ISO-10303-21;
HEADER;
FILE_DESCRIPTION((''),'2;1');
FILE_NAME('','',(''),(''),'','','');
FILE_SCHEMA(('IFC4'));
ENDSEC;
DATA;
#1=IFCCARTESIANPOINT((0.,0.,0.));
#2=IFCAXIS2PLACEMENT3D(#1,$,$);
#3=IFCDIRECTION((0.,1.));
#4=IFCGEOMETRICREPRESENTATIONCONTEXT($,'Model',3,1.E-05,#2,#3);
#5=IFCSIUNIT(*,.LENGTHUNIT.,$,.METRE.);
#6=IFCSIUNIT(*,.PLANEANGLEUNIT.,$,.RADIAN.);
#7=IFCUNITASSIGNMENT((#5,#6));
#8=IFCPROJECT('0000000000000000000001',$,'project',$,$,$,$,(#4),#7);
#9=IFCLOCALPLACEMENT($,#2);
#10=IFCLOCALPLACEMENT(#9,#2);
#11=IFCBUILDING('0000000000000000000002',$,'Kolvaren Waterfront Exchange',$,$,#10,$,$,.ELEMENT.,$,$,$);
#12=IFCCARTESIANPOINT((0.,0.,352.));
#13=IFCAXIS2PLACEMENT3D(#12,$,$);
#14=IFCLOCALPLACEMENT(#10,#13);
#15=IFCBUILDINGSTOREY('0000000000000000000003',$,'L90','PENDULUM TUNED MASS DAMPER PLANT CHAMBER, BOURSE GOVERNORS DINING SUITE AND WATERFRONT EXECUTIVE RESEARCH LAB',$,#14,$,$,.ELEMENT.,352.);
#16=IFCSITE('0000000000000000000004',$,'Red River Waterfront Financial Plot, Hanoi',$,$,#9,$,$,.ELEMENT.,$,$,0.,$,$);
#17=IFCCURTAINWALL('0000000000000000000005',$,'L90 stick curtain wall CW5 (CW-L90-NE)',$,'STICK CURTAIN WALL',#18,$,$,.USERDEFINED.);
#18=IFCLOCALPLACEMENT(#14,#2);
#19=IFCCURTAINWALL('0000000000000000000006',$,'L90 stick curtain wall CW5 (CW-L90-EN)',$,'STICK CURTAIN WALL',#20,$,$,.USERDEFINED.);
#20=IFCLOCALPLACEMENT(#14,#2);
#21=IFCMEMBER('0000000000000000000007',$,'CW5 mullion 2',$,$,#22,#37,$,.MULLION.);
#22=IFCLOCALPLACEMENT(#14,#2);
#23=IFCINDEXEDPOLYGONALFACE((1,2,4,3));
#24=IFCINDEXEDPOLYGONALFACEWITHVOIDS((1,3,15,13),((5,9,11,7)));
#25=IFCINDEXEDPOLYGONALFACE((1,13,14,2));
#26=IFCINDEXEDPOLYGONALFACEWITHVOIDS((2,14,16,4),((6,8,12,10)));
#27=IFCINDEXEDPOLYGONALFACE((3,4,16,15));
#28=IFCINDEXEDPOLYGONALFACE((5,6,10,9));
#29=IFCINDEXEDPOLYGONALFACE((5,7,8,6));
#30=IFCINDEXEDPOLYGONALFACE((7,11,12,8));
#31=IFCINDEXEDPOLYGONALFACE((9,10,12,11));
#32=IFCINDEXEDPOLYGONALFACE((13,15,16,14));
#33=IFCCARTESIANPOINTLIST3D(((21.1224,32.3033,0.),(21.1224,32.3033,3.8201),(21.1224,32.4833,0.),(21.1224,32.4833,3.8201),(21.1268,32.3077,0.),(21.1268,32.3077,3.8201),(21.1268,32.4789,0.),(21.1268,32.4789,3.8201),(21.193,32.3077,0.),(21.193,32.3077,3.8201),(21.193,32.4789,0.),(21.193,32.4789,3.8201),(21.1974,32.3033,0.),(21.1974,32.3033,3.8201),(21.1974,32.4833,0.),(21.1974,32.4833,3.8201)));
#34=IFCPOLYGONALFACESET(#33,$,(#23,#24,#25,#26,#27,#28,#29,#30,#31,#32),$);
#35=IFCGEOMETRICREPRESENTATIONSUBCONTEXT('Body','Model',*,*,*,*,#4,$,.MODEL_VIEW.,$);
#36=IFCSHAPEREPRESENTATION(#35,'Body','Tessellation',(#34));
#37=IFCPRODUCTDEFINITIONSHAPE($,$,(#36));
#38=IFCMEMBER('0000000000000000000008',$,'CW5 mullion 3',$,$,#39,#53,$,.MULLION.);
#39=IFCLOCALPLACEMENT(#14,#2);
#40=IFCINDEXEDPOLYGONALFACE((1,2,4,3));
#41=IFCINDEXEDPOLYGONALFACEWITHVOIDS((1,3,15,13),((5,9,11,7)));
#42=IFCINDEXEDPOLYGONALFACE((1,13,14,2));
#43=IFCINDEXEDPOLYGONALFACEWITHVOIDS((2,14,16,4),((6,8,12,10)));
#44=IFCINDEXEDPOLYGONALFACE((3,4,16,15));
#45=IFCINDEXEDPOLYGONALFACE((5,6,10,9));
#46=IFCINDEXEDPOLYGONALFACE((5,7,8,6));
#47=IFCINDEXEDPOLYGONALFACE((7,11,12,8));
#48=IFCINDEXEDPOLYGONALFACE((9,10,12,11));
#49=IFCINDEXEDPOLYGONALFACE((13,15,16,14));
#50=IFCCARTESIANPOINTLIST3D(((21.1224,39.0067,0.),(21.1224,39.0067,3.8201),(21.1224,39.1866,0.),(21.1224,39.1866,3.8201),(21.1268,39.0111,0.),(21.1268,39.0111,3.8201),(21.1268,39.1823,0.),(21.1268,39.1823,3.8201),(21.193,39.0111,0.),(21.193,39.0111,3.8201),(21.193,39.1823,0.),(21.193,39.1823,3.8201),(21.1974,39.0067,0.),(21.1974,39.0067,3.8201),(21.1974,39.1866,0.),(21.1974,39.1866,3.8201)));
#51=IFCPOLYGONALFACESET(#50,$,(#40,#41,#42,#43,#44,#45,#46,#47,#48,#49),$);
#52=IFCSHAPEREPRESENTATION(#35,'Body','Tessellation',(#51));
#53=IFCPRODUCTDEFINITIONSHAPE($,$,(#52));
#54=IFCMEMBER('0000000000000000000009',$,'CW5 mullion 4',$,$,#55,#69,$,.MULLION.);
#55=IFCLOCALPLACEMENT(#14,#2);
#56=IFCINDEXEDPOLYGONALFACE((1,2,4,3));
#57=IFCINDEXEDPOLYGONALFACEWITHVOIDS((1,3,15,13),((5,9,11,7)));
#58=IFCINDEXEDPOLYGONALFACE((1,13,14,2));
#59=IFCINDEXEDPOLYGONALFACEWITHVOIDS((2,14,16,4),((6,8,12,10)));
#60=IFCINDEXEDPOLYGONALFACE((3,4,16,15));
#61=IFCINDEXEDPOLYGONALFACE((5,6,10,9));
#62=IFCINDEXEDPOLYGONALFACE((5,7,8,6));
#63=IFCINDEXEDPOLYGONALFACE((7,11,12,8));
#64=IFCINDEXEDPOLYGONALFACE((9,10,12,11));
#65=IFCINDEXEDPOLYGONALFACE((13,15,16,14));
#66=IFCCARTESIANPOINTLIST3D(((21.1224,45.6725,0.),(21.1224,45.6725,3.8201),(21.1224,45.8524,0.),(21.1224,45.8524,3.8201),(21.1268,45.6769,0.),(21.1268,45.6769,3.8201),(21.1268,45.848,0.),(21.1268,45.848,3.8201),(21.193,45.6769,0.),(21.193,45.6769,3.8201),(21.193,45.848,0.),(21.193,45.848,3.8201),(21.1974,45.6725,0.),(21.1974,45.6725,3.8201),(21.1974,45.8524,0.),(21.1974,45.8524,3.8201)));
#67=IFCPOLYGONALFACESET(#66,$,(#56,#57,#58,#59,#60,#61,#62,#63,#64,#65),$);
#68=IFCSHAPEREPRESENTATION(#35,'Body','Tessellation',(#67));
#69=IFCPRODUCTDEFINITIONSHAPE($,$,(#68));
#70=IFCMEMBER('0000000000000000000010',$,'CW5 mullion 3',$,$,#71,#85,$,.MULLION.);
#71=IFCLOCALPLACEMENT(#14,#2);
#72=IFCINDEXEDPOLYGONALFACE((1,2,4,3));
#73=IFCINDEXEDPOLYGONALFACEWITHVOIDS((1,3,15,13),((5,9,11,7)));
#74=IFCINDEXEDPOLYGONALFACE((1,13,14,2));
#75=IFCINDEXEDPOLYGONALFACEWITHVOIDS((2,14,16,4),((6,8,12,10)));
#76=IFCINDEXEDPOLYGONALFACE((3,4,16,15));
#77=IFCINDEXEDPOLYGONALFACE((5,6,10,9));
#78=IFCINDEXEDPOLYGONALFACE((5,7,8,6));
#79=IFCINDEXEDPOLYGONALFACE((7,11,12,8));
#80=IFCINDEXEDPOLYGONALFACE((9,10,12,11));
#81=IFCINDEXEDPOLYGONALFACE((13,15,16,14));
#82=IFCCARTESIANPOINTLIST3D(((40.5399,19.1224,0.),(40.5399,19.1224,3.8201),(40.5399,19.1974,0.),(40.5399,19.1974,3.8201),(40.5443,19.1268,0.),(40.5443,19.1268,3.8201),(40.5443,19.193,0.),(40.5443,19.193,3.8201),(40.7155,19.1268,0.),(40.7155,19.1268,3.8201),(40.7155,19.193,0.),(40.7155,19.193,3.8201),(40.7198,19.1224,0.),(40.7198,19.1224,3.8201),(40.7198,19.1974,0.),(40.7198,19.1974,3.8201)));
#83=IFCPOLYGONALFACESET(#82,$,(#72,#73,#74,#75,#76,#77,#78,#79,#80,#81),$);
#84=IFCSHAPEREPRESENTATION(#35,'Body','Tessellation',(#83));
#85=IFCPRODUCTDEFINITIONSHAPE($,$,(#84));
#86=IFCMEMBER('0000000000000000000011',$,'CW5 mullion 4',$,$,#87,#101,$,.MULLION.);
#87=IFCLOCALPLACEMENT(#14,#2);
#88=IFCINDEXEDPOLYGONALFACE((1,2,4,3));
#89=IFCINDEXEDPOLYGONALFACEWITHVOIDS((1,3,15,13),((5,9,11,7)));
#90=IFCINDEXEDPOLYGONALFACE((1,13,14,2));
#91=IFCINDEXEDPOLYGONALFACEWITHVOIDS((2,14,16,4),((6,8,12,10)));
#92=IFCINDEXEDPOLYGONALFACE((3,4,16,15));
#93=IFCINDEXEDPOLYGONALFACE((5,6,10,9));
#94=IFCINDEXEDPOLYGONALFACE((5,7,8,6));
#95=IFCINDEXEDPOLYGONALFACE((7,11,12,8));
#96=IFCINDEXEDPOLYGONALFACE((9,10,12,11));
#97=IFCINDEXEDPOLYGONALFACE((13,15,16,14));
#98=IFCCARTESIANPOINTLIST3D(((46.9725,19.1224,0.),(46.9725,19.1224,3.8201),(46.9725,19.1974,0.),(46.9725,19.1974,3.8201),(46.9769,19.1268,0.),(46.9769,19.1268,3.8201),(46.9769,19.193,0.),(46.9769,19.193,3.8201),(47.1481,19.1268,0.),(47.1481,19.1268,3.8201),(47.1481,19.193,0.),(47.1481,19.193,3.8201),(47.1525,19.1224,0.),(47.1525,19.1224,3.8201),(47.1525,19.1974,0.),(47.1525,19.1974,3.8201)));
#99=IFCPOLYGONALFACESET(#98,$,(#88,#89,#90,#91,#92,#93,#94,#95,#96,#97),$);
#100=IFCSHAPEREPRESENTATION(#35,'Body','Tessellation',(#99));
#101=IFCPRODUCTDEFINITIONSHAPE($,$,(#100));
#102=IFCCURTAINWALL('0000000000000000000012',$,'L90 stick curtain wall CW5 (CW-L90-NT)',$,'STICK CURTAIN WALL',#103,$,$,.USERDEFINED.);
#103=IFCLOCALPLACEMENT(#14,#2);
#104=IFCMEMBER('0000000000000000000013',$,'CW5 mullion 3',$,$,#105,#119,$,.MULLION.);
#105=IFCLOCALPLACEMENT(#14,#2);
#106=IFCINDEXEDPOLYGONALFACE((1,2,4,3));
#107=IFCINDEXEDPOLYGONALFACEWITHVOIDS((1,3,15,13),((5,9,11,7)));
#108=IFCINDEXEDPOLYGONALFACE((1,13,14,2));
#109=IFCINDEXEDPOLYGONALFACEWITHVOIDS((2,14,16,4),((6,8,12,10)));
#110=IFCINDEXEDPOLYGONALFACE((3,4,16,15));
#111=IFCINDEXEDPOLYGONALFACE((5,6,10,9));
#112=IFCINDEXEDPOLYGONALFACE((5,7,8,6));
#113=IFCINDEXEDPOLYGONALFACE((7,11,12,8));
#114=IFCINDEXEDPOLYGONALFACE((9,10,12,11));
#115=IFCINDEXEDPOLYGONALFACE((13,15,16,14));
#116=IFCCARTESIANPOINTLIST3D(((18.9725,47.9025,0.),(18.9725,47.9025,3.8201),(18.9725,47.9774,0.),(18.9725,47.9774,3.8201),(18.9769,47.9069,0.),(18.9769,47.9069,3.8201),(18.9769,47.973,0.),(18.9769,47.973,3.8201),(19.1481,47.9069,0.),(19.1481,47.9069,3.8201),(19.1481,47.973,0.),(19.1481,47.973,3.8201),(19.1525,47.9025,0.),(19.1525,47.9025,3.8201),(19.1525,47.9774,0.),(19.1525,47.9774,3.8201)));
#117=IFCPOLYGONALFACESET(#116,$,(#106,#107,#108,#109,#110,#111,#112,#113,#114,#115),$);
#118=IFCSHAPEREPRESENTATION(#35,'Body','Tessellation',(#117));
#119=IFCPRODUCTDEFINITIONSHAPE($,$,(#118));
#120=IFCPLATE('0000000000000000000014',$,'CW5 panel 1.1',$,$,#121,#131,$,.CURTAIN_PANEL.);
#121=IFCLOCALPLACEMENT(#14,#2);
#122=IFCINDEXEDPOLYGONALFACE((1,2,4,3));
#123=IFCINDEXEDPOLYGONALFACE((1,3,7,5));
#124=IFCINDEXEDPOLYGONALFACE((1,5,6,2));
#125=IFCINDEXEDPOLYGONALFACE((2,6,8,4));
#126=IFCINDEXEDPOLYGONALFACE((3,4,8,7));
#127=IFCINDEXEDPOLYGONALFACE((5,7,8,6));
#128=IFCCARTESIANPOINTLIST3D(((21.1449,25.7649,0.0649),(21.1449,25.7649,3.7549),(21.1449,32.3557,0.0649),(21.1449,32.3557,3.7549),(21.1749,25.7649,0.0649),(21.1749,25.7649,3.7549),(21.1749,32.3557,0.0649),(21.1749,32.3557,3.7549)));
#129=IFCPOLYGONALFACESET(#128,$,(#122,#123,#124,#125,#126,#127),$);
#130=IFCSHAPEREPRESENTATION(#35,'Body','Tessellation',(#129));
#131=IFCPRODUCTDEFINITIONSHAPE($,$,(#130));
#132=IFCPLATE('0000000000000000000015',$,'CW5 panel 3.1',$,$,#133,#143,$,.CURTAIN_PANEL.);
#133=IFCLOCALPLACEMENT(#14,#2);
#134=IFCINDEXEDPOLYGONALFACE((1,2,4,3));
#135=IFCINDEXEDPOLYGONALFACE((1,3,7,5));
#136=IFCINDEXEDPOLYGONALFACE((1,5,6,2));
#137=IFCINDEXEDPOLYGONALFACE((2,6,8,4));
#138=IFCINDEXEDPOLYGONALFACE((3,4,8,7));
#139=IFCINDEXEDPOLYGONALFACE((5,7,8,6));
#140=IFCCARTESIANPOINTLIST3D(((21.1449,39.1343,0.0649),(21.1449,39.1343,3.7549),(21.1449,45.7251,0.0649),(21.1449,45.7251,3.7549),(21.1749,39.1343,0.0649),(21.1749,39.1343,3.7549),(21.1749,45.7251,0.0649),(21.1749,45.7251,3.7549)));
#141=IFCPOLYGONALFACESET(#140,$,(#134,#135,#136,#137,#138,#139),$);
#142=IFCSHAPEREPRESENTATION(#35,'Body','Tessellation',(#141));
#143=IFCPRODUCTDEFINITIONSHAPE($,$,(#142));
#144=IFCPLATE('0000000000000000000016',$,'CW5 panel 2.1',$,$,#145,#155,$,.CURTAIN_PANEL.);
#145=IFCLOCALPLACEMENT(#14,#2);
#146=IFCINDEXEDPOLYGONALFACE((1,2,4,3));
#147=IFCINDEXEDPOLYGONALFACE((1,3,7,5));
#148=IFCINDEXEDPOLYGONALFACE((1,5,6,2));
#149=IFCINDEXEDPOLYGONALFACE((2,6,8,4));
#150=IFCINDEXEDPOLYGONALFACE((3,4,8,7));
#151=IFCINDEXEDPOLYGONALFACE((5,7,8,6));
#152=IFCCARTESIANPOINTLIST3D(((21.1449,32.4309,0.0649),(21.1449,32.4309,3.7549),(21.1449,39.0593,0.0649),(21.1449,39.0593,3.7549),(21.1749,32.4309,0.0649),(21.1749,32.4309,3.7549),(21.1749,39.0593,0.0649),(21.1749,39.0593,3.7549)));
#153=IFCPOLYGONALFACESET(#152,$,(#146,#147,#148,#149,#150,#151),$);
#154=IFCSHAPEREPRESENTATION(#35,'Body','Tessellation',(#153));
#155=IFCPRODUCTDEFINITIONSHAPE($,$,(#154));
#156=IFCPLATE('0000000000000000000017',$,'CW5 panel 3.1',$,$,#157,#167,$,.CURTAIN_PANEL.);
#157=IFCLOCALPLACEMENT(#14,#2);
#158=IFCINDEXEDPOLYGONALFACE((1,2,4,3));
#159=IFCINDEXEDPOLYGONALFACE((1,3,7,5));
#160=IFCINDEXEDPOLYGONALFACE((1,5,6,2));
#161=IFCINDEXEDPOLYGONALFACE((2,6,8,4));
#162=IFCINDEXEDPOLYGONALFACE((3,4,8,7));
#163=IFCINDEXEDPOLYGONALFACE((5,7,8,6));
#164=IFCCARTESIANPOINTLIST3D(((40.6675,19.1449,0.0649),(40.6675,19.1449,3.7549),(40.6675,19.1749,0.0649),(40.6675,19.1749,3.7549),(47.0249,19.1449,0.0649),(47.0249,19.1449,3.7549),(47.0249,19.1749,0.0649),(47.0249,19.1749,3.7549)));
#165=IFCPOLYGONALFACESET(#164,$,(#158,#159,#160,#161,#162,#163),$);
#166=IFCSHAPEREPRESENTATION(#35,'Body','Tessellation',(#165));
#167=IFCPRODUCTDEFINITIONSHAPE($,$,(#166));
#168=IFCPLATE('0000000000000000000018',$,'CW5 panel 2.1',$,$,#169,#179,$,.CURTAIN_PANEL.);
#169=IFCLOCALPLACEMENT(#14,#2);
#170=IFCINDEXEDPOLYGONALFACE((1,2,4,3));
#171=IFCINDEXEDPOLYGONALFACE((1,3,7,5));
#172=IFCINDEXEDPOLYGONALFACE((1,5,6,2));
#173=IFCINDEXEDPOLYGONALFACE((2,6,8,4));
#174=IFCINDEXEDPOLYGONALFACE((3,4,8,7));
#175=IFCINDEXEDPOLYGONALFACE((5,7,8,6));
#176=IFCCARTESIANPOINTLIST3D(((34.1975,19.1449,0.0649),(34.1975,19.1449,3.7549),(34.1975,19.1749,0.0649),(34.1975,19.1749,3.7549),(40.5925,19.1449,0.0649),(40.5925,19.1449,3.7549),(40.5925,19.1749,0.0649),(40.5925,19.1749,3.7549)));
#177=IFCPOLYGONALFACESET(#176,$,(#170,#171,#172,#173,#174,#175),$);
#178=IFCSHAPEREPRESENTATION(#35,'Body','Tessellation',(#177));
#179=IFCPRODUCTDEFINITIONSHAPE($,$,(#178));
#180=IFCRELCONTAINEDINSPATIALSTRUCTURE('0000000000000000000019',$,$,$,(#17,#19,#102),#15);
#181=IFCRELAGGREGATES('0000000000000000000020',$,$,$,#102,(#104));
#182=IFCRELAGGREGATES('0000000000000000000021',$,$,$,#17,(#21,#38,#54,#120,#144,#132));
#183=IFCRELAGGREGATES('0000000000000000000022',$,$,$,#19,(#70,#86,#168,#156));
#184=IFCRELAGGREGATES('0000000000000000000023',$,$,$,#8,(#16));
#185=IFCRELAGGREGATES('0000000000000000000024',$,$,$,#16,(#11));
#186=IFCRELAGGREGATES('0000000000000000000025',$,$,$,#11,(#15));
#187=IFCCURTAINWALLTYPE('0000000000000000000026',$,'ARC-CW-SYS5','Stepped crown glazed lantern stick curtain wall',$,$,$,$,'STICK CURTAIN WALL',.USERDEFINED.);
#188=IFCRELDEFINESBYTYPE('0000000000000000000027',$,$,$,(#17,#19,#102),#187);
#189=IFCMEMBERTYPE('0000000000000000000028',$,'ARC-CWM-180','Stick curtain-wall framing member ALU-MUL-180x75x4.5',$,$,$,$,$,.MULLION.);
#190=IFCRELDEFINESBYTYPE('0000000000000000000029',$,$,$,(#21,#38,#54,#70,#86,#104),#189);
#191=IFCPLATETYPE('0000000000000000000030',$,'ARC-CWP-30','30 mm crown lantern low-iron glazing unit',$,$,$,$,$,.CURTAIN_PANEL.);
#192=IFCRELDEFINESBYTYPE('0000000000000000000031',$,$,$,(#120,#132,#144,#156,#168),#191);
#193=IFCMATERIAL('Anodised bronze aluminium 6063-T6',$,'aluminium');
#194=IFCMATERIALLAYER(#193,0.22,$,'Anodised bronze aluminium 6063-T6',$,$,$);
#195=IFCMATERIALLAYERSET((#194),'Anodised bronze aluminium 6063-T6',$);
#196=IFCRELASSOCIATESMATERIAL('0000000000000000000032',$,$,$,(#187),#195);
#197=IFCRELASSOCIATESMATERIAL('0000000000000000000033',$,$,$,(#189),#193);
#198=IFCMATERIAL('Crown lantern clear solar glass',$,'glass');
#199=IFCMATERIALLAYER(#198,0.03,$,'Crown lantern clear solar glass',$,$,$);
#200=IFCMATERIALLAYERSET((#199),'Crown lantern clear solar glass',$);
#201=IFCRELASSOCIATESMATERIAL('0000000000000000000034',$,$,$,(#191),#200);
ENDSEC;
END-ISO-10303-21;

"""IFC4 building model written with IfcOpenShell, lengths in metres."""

from ifc_helpers import new_model, si_unit, direction, frame, origin, origin_with_axes, origin_2d, place, context, subcontext, project, spatial, rectangle, hollow_rectangle, extrude, source, transform, mapped, material, layer, layer_set, material_profile, profile_set, type_object, element, aggregate, save


model = new_model("IFC4")

# Units and contexts
model_context = context("Model", 3, precision=1e-05, world=origin(), true_north=direction((0.0, 1.0)))
body_context = subcontext(model_context, "Body", "Model", "MODEL_VIEW")
ifc_project = project(units=[si_unit("LENGTHUNIT", "METRE"), si_unit("PLANEANGLEUNIT", "RADIAN")], contexts=[model_context])

# Site, building, storey
site_placement = place(None, origin())
site = spatial("IfcSite", under=ifc_project, at=site_placement, Name="Red River Waterfront Financial Plot, Hanoi", CompositionType="ELEMENT", RefElevation=0.0)
building_placement = place(site_placement, origin())
building = spatial("IfcBuilding", under=site, at=building_placement, Name="Kolvaren Waterfront Exchange", CompositionType="ELEMENT")
storey_placement = place(building_placement, frame((0.0, 0.0, 352.0)))
storey = spatial("IfcBuildingStorey", under=building, at=storey_placement, Name="L90", Description="PENDULUM TUNED MASS DAMPER PLANT CHAMBER, BOURSE GOVERNORS DINING SUITE AND WATERFRONT EXECUTIVE RESEARCH LAB", CompositionType="ELEMENT", Elevation=352.0)

# Curtain walls
ifc_material_1 = material(Name="Anodised bronze aluminium 6063-T6", Category="aluminium")
ifc_layer_1 = layer(ifc_material_1, 0.22, Name="Anodised bronze aluminium 6063-T6")
ifc_layer_set_1 = layer_set([ifc_layer_1], Name="Anodised bronze aluminium 6063-T6")
curtain_wall_type = type_object("IfcCurtainWallType", Name="ARC-CW-SYS5", Description="Stepped crown glazed lantern stick curtain wall", ElementType="STICK CURTAIN WALL", PredefinedType="USERDEFINED", material=ifc_layer_set_1)
curtain_wall_1_placement = place(storey_placement, origin())
curtain_wall_1 = element("IfcCurtainWall", 1, at=curtain_wall_1_placement, inside=storey, type_object=curtain_wall_type, Name="L90 stick curtain wall CW5 (CW-L90-NE)", ObjectType="STICK CURTAIN WALL", PredefinedType="USERDEFINED")
curtain_wall_2_placement = place(storey_placement, origin())
curtain_wall_2 = element("IfcCurtainWall", 2, at=curtain_wall_2_placement, inside=storey, type_object=curtain_wall_type, Name="L90 stick curtain wall CW5 (CW-L90-EN)", ObjectType="STICK CURTAIN WALL", PredefinedType="USERDEFINED")

# Members
ifc_material_profile_1 = material_profile(ifc_material_1, hollow_rectangle(XDim=0.075, YDim=0.1799, WallThickness=0.0044, at=origin_2d()), Name="ALU-MUL-180x75x4.5")
ifc_profile_set_1 = profile_set([ifc_material_profile_1], Name="Anodised bronze aluminium 6063-T6")
member_type_1 = type_object("IfcMemberType", Name="ARC-CWM-180", Description="Stick curtain-wall framing member ALU-MUL-180x75x4.5", PredefinedType="MULLION", material=ifc_profile_set_1)
shared_shape_1 = source(origin_with_axes(), body_context, "Body", "SweptSolid", [
    extrude(hollow_rectangle(XDim=0.075, YDim=0.1799, WallThickness=0.0044, at=origin_2d()), origin(), (0.0, 0.0, 1.0), 3.8201),
])
member_1_placement = place(storey_placement, frame((21.1599, 32.3933, 0.0), z_axis=(0.0, 0.0, 1.0), x_axis=(-1.0, 0.0, 0.0)))
member_1 = element("IfcMember", 3, at=member_1_placement, type_object=member_type_1, Name="CW5 mullion 2", PredefinedType="MULLION", context=body_context, shape_type="MappedRepresentation", body=[
    mapped(shared_shape_1, transform((0.0, 0.0, 0.0), x_axis=(1.0, 0.0, 0.0), y_axis=(0.0, 1.0, 0.0), z_axis=(0.0, 0.0, 1.0), scale=1.0)),
])
member_2_placement = place(storey_placement, frame((21.1599, 39.0967, 0.0), z_axis=(0.0, 0.0, 1.0), x_axis=(-1.0, 0.0, 0.0)))
member_2 = element("IfcMember", 4, at=member_2_placement, type_object=member_type_1, Name="CW5 mullion 3", PredefinedType="MULLION", context=body_context, shape_type="MappedRepresentation", body=[
    mapped(shared_shape_1, transform((0.0, 0.0, 0.0), x_axis=(1.0, 0.0, 0.0), y_axis=(0.0, 1.0, 0.0), z_axis=(0.0, 0.0, 1.0), scale=1.0)),
])
member_3_placement = place(storey_placement, frame((21.1599, 45.7625, 0.0), z_axis=(0.0, 0.0, 1.0), x_axis=(-1.0, 0.0, 0.0)))
member_3 = element("IfcMember", 5, at=member_3_placement, type_object=member_type_1, Name="CW5 mullion 4", PredefinedType="MULLION", context=body_context, shape_type="MappedRepresentation", body=[
    mapped(shared_shape_1, transform((0.0, 0.0, 0.0), x_axis=(1.0, 0.0, 0.0), y_axis=(0.0, 1.0, 0.0), z_axis=(0.0, 0.0, 1.0), scale=1.0)),
])
member_4_placement = place(storey_placement, frame((40.6299, 19.1599, 0.0), z_axis=(0.0, 0.0, 1.0), x_axis=(0.0, 1.0, 0.0)))
member_4 = element("IfcMember", 6, at=member_4_placement, type_object=member_type_1, Name="CW5 mullion 3", PredefinedType="MULLION", context=body_context, shape_type="MappedRepresentation", body=[
    mapped(shared_shape_1, transform((0.0, 0.0, 0.0), x_axis=(1.0, 0.0, 0.0), y_axis=(0.0, 1.0, 0.0), z_axis=(0.0, 0.0, 1.0), scale=1.0)),
])
member_5_placement = place(storey_placement, frame((47.0625, 19.1599, 0.0), z_axis=(0.0, 0.0, 1.0), x_axis=(0.0, 1.0, 0.0)))
member_5 = element("IfcMember", 7, at=member_5_placement, type_object=member_type_1, Name="CW5 mullion 4", PredefinedType="MULLION", context=body_context, shape_type="MappedRepresentation", body=[
    mapped(shared_shape_1, transform((0.0, 0.0, 0.0), x_axis=(1.0, 0.0, 0.0), y_axis=(0.0, 1.0, 0.0), z_axis=(0.0, 0.0, 1.0), scale=1.0)),
])

# Curtain wall, member
curtain_wall_3_placement = place(storey_placement, origin())
curtain_wall_3 = element("IfcCurtainWall", 8, at=curtain_wall_3_placement, inside=storey, type_object=curtain_wall_type, Name="L90 stick curtain wall CW5 (CW-L90-NT)", ObjectType="STICK CURTAIN WALL", PredefinedType="USERDEFINED")
member_6_placement = place(storey_placement, frame((19.0625, 47.9399, 0.0), z_axis=(0.0, 0.0, 1.0), x_axis=(0.0, 1.0, 0.0)))
member_6 = element("IfcMember", 9, at=member_6_placement, type_object=member_type_1, Name="CW5 mullion 3", PredefinedType="MULLION", context=body_context, shape_type="MappedRepresentation", body=[
    mapped(shared_shape_1, transform((0.0, 0.0, 0.0), x_axis=(1.0, 0.0, 0.0), y_axis=(0.0, 1.0, 0.0), z_axis=(0.0, 0.0, 1.0), scale=1.0)),
])
aggregate(curtain_wall_3, [member_6])

# Plates
ifc_material_2 = material(Name="Crown lantern clear solar glass", Category="glass")
ifc_layer_2 = layer(ifc_material_2, 0.03, Name="Crown lantern clear solar glass")
ifc_layer_set_2 = layer_set([ifc_layer_2], Name="Crown lantern clear solar glass")
plate_type = type_object("IfcPlateType", Name="ARC-CWP-30", Description="30 mm crown lantern low-iron glazing unit", PredefinedType="CURTAIN_PANEL", material=ifc_layer_set_2)
shared_shape_2 = source(origin_with_axes(), body_context, "Body", "SweptSolid", [
    extrude(rectangle(XDim=6.5908, YDim=0.03, at=origin_2d()), origin(), (0.0, 0.0, 1.0), 3.6899),
])
plate_1_placement = place(storey_placement, frame((21.1599, 29.0603, 0.0649), z_axis=(0.0, 0.0, 1.0), x_axis=(0.0, 1.0, 0.0)))
plate_1 = element("IfcPlate", 10, at=plate_1_placement, type_object=plate_type, Name="CW5 panel 1.1", PredefinedType="CURTAIN_PANEL", context=body_context, shape_type="MappedRepresentation", body=[
    mapped(shared_shape_2, transform((0.0, 0.0, 0.0), x_axis=(1.0, 0.0, 0.0), y_axis=(0.0, 1.0, 0.0), z_axis=(0.0, 0.0, 1.0), scale=1.0)),
])
plate_2_placement = place(storey_placement, frame((21.1599, 42.4297, 0.0649), z_axis=(0.0, 0.0, 1.0), x_axis=(0.0, 1.0, 0.0)))
plate_2 = element("IfcPlate", 11, at=plate_2_placement, type_object=plate_type, Name="CW5 panel 3.1", PredefinedType="CURTAIN_PANEL", context=body_context, shape_type="MappedRepresentation", body=[
    mapped(shared_shape_2, transform((0.0, 0.0, 0.0), x_axis=(1.0, 0.0, 0.0), y_axis=(0.0, 1.0, 0.0), z_axis=(0.0, 0.0, 1.0), scale=1.0)),
])
shared_shape_3 = source(origin_with_axes(), body_context, "Body", "SweptSolid", [
    extrude(rectangle(XDim=6.6284, YDim=0.03, at=origin_2d()), origin(), (0.0, 0.0, 1.0), 3.6899),
])
plate_3_placement = place(storey_placement, frame((21.1599, 35.7451, 0.0649), z_axis=(0.0, 0.0, 1.0), x_axis=(0.0, 1.0, 0.0)))
plate_3 = element("IfcPlate", 12, at=plate_3_placement, type_object=plate_type, Name="CW5 panel 2.1", PredefinedType="CURTAIN_PANEL", context=body_context, shape_type="MappedRepresentation", body=[
    mapped(shared_shape_3, transform((0.0, 0.0, 0.0), x_axis=(1.0, 0.0, 0.0), y_axis=(0.0, 1.0, 0.0), z_axis=(0.0, 0.0, 1.0), scale=1.0)),
])
aggregate(curtain_wall_1, [member_1, member_2, member_3, plate_1, plate_3, plate_2])
shared_shape_4 = source(origin_with_axes(), body_context, "Body", "SweptSolid", [
    extrude(rectangle(XDim=6.3574, YDim=0.03, at=origin_2d()), origin(), (0.0, 0.0, 1.0), 3.6899),
])
plate_4_placement = place(storey_placement, frame((43.8462, 19.1599, 0.0649), z_axis=(0.0, 0.0, 1.0), x_axis=(1.0, 0.0, 0.0)))
plate_4 = element("IfcPlate", 13, at=plate_4_placement, type_object=plate_type, Name="CW5 panel 3.1", PredefinedType="CURTAIN_PANEL", context=body_context, shape_type="MappedRepresentation", body=[
    mapped(shared_shape_4, transform((0.0, 0.0, 0.0), x_axis=(1.0, 0.0, 0.0), y_axis=(0.0, 1.0, 0.0), z_axis=(0.0, 0.0, 1.0), scale=1.0)),
])
shared_shape_5 = source(origin_with_axes(), body_context, "Body", "SweptSolid", [
    extrude(rectangle(XDim=6.395, YDim=0.03, at=origin_2d()), origin(), (0.0, 0.0, 1.0), 3.6899),
])
plate_5_placement = place(storey_placement, frame((37.395, 19.1599, 0.0649), z_axis=(0.0, 0.0, 1.0), x_axis=(1.0, 0.0, 0.0)))
plate_5 = element("IfcPlate", 14, at=plate_5_placement, type_object=plate_type, Name="CW5 panel 2.1", PredefinedType="CURTAIN_PANEL", context=body_context, shape_type="MappedRepresentation", body=[
    mapped(shared_shape_5, transform((0.0, 0.0, 0.0), x_axis=(1.0, 0.0, 0.0), y_axis=(0.0, 1.0, 0.0), z_axis=(0.0, 0.0, 1.0), scale=1.0)),
])
aggregate(curtain_wall_2, [member_4, member_5, plate_5, plate_4])

save(model, "model.ifc")
